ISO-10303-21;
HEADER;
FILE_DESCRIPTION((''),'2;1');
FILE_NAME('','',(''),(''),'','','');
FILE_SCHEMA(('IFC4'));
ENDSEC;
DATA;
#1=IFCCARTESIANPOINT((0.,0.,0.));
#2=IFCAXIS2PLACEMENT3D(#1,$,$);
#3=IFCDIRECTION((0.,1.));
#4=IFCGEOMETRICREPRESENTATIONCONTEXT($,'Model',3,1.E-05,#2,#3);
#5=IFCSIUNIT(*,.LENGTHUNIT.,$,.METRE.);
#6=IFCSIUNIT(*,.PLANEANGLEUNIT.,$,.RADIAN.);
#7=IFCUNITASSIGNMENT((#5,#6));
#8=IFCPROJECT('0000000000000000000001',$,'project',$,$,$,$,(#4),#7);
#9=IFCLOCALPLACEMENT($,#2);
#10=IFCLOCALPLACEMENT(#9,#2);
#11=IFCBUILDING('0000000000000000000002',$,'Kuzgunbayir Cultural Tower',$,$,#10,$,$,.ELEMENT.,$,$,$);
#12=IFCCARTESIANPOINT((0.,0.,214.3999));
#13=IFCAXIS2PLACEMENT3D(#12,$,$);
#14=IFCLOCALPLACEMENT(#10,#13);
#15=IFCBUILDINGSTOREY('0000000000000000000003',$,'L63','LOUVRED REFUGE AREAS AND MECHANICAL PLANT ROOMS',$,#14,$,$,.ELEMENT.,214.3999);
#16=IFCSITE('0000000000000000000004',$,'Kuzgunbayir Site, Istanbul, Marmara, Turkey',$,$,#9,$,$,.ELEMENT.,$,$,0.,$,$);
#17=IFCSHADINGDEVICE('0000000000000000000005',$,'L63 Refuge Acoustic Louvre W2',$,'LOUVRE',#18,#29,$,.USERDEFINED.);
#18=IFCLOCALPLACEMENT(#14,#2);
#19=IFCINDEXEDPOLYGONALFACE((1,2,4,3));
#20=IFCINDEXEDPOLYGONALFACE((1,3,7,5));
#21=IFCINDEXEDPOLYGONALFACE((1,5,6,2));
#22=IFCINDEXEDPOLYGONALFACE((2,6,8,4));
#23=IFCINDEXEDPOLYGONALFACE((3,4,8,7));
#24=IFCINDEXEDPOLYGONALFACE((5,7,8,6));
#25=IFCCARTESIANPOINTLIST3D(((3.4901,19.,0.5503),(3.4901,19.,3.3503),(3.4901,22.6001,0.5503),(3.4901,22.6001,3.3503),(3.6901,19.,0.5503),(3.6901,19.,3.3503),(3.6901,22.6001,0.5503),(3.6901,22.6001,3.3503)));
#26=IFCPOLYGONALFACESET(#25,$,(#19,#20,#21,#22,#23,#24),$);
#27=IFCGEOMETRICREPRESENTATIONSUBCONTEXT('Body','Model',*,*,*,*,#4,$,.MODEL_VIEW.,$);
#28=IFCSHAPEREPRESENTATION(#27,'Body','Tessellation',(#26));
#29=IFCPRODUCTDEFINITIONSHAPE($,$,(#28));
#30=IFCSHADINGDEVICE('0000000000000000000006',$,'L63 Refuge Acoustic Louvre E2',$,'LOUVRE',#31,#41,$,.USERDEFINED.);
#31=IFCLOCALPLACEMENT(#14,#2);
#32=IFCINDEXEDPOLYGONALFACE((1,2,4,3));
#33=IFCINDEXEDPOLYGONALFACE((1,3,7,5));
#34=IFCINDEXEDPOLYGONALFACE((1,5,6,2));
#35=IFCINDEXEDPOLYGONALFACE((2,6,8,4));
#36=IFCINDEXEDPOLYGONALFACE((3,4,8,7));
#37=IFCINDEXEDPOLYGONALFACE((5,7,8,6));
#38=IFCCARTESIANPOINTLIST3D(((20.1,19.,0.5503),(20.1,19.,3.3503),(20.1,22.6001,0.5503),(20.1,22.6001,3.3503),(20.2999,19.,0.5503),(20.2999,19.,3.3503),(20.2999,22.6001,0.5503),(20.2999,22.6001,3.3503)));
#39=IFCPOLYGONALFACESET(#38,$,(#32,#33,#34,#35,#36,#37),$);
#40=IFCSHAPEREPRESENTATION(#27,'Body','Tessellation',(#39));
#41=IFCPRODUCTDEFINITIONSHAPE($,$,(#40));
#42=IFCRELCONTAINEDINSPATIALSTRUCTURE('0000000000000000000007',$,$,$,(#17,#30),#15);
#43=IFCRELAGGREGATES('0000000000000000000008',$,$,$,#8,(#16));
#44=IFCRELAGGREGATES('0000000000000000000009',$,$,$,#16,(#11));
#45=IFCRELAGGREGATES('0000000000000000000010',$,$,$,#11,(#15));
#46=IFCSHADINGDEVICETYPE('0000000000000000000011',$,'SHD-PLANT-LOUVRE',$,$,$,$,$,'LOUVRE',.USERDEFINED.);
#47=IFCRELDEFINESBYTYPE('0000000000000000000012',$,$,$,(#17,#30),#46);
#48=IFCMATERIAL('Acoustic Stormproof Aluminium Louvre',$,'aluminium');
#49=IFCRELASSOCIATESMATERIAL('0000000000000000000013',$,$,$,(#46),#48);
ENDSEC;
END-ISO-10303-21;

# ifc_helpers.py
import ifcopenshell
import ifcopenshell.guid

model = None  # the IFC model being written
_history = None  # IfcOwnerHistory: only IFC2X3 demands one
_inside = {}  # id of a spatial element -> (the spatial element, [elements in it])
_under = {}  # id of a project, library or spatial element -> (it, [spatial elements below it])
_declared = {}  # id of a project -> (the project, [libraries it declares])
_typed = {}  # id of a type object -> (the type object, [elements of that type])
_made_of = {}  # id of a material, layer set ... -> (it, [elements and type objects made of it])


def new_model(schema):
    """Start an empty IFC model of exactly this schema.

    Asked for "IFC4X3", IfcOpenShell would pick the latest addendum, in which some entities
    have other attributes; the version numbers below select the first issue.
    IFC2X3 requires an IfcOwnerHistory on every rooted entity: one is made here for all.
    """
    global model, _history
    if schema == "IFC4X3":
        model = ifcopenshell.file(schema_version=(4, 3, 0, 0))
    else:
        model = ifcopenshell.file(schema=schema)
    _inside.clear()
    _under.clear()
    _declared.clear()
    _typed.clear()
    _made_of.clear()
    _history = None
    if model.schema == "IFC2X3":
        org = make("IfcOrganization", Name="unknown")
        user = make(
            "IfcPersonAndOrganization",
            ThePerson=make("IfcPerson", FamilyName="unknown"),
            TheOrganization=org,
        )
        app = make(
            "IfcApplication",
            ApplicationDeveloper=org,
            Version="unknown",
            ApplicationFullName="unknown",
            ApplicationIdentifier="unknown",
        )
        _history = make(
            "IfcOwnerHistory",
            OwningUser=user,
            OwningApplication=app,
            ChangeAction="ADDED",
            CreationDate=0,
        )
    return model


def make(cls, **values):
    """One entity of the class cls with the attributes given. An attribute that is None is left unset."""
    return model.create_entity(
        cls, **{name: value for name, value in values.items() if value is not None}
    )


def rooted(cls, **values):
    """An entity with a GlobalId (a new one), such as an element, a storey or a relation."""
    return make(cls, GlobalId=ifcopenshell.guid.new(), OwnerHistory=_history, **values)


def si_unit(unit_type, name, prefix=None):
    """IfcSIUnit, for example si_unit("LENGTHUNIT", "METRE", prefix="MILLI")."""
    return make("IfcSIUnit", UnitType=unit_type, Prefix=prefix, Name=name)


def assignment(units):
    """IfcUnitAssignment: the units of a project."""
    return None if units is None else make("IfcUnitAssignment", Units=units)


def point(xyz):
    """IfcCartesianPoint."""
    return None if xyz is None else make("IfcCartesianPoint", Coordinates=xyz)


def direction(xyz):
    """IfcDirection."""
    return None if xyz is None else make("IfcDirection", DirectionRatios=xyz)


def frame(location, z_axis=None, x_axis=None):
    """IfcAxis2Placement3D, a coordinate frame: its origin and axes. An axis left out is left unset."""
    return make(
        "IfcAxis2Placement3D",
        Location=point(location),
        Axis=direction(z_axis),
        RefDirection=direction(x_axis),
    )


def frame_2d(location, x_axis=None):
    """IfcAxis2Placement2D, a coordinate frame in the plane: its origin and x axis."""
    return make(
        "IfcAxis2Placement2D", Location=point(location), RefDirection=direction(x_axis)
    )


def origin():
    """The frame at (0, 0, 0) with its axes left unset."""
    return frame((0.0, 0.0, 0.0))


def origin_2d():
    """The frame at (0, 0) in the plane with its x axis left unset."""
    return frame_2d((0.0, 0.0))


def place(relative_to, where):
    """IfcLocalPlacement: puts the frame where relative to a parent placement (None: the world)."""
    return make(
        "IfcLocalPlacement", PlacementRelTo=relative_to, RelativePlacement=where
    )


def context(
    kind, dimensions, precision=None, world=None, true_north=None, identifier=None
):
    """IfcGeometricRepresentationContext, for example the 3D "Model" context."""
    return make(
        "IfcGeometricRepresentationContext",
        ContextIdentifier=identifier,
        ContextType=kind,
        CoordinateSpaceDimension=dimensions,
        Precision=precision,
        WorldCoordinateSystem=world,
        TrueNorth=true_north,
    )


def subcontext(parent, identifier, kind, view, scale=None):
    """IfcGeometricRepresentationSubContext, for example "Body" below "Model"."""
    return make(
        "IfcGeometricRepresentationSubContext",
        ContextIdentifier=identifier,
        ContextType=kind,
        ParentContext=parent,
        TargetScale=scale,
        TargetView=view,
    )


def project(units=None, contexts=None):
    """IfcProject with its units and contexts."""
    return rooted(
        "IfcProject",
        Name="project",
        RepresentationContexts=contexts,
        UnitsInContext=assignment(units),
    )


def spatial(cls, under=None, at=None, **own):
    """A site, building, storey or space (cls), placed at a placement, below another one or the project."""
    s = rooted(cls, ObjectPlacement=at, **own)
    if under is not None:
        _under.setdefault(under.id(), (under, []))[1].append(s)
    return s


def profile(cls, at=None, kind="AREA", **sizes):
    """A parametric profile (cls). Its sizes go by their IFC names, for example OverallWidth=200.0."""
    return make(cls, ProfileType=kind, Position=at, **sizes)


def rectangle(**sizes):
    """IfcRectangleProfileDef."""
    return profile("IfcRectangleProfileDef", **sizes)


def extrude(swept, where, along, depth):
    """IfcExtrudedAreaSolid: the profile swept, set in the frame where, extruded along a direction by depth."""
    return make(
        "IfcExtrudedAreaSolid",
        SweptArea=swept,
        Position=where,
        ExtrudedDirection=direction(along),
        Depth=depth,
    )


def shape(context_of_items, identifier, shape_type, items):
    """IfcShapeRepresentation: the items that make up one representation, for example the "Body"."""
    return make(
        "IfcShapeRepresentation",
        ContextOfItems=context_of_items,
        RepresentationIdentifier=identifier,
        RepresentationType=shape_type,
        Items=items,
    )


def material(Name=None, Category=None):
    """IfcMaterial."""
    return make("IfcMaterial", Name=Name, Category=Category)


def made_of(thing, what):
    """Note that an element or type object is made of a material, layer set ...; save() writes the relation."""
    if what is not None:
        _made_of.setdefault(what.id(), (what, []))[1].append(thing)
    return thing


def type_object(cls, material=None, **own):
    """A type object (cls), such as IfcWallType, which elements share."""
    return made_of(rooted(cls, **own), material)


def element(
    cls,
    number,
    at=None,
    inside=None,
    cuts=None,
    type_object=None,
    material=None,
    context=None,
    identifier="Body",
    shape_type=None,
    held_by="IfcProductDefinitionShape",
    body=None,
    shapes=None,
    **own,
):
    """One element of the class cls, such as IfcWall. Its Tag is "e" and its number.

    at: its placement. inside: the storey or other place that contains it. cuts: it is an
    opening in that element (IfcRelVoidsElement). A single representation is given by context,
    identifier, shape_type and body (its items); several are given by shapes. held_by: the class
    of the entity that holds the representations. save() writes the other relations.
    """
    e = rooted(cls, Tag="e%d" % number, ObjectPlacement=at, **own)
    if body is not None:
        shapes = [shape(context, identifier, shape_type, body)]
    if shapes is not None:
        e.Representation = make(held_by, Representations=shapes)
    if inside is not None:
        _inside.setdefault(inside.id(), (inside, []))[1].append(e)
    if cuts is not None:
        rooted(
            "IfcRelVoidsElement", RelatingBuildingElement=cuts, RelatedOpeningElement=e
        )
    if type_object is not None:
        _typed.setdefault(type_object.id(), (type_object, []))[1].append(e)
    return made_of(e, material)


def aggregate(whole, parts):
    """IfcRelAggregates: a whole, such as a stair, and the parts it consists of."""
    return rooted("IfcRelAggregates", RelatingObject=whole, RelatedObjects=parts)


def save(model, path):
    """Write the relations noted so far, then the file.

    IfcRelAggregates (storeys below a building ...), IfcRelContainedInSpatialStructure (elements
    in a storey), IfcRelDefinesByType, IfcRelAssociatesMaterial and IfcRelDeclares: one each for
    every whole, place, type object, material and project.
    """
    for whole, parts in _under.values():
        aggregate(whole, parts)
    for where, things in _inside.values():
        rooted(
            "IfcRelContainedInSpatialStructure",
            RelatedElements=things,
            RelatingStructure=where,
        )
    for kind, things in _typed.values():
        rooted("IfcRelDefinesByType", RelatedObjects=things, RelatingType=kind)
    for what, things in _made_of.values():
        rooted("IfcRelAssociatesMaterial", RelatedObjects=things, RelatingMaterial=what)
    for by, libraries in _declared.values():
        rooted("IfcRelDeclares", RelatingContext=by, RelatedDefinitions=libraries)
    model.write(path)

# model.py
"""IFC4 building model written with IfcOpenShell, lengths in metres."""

from ifc_helpers import new_model, si_unit, direction, frame, origin, origin_2d, place, context, subcontext, project, spatial, rectangle, extrude, material, type_object, element, save


model = new_model("IFC4")

# Units and contexts
model_context = context("Model", 3, precision=1e-05, world=origin(), true_north=direction((0.0, 1.0)))
body_context = subcontext(model_context, "Body", "Model", "MODEL_VIEW")
ifc_project = project(units=[si_unit("LENGTHUNIT", "METRE"), si_unit("PLANEANGLEUNIT", "RADIAN")], contexts=[model_context])

# Site, building, storey
site_placement = place(None, origin())
site = spatial("IfcSite", under=ifc_project, at=site_placement, Name="Kuzgunbayir Site, Istanbul, Marmara, Turkey", CompositionType="ELEMENT", RefElevation=0.0)
building_placement = place(site_placement, origin())
building = spatial("IfcBuilding", under=site, at=building_placement, Name="Kuzgunbayir Cultural Tower", CompositionType="ELEMENT")
storey_placement = place(building_placement, frame((0.0, 0.0, 214.3999)))
storey = spatial("IfcBuildingStorey", under=building, at=storey_placement, Name="L63", Description="LOUVRED REFUGE AREAS AND MECHANICAL PLANT ROOMS", CompositionType="ELEMENT", Elevation=214.3999)

# Shading devices
ifc_material_1 = material(Name="Acoustic Stormproof Aluminium Louvre", Category="aluminium")
shading_device_type = type_object("IfcShadingDeviceType", Name="SHD-PLANT-LOUVRE", ElementType="LOUVRE", PredefinedType="USERDEFINED", material=ifc_material_1)
for number, where, z_axis, x_axis, name in (
    (1, (3.5901, 20.8, 0.5503), (0.0, 0.0, 1.0), (1.0, 0.0, 0.0), "L63 Refuge Acoustic Louvre W2"),
    (2, (20.2, 20.8, 0.5503), (0.0, 0.0, 1.0), (1.0, 0.0, 0.0), "L63 Refuge Acoustic Louvre E2"),
):
    element("IfcShadingDevice", number, at=place(storey_placement, frame(where, z_axis=z_axis, x_axis=x_axis)), inside=storey, type_object=shading_device_type, Name=name, ObjectType="LOUVRE", PredefinedType="USERDEFINED", context=body_context, shape_type="SweptSolid", body=[
        extrude(rectangle(XDim=0.2, YDim=3.6001, at=origin_2d()), origin(), (0.0, 0.0, 1.0), 2.8),
    ])

save(model, "model.ifc")
